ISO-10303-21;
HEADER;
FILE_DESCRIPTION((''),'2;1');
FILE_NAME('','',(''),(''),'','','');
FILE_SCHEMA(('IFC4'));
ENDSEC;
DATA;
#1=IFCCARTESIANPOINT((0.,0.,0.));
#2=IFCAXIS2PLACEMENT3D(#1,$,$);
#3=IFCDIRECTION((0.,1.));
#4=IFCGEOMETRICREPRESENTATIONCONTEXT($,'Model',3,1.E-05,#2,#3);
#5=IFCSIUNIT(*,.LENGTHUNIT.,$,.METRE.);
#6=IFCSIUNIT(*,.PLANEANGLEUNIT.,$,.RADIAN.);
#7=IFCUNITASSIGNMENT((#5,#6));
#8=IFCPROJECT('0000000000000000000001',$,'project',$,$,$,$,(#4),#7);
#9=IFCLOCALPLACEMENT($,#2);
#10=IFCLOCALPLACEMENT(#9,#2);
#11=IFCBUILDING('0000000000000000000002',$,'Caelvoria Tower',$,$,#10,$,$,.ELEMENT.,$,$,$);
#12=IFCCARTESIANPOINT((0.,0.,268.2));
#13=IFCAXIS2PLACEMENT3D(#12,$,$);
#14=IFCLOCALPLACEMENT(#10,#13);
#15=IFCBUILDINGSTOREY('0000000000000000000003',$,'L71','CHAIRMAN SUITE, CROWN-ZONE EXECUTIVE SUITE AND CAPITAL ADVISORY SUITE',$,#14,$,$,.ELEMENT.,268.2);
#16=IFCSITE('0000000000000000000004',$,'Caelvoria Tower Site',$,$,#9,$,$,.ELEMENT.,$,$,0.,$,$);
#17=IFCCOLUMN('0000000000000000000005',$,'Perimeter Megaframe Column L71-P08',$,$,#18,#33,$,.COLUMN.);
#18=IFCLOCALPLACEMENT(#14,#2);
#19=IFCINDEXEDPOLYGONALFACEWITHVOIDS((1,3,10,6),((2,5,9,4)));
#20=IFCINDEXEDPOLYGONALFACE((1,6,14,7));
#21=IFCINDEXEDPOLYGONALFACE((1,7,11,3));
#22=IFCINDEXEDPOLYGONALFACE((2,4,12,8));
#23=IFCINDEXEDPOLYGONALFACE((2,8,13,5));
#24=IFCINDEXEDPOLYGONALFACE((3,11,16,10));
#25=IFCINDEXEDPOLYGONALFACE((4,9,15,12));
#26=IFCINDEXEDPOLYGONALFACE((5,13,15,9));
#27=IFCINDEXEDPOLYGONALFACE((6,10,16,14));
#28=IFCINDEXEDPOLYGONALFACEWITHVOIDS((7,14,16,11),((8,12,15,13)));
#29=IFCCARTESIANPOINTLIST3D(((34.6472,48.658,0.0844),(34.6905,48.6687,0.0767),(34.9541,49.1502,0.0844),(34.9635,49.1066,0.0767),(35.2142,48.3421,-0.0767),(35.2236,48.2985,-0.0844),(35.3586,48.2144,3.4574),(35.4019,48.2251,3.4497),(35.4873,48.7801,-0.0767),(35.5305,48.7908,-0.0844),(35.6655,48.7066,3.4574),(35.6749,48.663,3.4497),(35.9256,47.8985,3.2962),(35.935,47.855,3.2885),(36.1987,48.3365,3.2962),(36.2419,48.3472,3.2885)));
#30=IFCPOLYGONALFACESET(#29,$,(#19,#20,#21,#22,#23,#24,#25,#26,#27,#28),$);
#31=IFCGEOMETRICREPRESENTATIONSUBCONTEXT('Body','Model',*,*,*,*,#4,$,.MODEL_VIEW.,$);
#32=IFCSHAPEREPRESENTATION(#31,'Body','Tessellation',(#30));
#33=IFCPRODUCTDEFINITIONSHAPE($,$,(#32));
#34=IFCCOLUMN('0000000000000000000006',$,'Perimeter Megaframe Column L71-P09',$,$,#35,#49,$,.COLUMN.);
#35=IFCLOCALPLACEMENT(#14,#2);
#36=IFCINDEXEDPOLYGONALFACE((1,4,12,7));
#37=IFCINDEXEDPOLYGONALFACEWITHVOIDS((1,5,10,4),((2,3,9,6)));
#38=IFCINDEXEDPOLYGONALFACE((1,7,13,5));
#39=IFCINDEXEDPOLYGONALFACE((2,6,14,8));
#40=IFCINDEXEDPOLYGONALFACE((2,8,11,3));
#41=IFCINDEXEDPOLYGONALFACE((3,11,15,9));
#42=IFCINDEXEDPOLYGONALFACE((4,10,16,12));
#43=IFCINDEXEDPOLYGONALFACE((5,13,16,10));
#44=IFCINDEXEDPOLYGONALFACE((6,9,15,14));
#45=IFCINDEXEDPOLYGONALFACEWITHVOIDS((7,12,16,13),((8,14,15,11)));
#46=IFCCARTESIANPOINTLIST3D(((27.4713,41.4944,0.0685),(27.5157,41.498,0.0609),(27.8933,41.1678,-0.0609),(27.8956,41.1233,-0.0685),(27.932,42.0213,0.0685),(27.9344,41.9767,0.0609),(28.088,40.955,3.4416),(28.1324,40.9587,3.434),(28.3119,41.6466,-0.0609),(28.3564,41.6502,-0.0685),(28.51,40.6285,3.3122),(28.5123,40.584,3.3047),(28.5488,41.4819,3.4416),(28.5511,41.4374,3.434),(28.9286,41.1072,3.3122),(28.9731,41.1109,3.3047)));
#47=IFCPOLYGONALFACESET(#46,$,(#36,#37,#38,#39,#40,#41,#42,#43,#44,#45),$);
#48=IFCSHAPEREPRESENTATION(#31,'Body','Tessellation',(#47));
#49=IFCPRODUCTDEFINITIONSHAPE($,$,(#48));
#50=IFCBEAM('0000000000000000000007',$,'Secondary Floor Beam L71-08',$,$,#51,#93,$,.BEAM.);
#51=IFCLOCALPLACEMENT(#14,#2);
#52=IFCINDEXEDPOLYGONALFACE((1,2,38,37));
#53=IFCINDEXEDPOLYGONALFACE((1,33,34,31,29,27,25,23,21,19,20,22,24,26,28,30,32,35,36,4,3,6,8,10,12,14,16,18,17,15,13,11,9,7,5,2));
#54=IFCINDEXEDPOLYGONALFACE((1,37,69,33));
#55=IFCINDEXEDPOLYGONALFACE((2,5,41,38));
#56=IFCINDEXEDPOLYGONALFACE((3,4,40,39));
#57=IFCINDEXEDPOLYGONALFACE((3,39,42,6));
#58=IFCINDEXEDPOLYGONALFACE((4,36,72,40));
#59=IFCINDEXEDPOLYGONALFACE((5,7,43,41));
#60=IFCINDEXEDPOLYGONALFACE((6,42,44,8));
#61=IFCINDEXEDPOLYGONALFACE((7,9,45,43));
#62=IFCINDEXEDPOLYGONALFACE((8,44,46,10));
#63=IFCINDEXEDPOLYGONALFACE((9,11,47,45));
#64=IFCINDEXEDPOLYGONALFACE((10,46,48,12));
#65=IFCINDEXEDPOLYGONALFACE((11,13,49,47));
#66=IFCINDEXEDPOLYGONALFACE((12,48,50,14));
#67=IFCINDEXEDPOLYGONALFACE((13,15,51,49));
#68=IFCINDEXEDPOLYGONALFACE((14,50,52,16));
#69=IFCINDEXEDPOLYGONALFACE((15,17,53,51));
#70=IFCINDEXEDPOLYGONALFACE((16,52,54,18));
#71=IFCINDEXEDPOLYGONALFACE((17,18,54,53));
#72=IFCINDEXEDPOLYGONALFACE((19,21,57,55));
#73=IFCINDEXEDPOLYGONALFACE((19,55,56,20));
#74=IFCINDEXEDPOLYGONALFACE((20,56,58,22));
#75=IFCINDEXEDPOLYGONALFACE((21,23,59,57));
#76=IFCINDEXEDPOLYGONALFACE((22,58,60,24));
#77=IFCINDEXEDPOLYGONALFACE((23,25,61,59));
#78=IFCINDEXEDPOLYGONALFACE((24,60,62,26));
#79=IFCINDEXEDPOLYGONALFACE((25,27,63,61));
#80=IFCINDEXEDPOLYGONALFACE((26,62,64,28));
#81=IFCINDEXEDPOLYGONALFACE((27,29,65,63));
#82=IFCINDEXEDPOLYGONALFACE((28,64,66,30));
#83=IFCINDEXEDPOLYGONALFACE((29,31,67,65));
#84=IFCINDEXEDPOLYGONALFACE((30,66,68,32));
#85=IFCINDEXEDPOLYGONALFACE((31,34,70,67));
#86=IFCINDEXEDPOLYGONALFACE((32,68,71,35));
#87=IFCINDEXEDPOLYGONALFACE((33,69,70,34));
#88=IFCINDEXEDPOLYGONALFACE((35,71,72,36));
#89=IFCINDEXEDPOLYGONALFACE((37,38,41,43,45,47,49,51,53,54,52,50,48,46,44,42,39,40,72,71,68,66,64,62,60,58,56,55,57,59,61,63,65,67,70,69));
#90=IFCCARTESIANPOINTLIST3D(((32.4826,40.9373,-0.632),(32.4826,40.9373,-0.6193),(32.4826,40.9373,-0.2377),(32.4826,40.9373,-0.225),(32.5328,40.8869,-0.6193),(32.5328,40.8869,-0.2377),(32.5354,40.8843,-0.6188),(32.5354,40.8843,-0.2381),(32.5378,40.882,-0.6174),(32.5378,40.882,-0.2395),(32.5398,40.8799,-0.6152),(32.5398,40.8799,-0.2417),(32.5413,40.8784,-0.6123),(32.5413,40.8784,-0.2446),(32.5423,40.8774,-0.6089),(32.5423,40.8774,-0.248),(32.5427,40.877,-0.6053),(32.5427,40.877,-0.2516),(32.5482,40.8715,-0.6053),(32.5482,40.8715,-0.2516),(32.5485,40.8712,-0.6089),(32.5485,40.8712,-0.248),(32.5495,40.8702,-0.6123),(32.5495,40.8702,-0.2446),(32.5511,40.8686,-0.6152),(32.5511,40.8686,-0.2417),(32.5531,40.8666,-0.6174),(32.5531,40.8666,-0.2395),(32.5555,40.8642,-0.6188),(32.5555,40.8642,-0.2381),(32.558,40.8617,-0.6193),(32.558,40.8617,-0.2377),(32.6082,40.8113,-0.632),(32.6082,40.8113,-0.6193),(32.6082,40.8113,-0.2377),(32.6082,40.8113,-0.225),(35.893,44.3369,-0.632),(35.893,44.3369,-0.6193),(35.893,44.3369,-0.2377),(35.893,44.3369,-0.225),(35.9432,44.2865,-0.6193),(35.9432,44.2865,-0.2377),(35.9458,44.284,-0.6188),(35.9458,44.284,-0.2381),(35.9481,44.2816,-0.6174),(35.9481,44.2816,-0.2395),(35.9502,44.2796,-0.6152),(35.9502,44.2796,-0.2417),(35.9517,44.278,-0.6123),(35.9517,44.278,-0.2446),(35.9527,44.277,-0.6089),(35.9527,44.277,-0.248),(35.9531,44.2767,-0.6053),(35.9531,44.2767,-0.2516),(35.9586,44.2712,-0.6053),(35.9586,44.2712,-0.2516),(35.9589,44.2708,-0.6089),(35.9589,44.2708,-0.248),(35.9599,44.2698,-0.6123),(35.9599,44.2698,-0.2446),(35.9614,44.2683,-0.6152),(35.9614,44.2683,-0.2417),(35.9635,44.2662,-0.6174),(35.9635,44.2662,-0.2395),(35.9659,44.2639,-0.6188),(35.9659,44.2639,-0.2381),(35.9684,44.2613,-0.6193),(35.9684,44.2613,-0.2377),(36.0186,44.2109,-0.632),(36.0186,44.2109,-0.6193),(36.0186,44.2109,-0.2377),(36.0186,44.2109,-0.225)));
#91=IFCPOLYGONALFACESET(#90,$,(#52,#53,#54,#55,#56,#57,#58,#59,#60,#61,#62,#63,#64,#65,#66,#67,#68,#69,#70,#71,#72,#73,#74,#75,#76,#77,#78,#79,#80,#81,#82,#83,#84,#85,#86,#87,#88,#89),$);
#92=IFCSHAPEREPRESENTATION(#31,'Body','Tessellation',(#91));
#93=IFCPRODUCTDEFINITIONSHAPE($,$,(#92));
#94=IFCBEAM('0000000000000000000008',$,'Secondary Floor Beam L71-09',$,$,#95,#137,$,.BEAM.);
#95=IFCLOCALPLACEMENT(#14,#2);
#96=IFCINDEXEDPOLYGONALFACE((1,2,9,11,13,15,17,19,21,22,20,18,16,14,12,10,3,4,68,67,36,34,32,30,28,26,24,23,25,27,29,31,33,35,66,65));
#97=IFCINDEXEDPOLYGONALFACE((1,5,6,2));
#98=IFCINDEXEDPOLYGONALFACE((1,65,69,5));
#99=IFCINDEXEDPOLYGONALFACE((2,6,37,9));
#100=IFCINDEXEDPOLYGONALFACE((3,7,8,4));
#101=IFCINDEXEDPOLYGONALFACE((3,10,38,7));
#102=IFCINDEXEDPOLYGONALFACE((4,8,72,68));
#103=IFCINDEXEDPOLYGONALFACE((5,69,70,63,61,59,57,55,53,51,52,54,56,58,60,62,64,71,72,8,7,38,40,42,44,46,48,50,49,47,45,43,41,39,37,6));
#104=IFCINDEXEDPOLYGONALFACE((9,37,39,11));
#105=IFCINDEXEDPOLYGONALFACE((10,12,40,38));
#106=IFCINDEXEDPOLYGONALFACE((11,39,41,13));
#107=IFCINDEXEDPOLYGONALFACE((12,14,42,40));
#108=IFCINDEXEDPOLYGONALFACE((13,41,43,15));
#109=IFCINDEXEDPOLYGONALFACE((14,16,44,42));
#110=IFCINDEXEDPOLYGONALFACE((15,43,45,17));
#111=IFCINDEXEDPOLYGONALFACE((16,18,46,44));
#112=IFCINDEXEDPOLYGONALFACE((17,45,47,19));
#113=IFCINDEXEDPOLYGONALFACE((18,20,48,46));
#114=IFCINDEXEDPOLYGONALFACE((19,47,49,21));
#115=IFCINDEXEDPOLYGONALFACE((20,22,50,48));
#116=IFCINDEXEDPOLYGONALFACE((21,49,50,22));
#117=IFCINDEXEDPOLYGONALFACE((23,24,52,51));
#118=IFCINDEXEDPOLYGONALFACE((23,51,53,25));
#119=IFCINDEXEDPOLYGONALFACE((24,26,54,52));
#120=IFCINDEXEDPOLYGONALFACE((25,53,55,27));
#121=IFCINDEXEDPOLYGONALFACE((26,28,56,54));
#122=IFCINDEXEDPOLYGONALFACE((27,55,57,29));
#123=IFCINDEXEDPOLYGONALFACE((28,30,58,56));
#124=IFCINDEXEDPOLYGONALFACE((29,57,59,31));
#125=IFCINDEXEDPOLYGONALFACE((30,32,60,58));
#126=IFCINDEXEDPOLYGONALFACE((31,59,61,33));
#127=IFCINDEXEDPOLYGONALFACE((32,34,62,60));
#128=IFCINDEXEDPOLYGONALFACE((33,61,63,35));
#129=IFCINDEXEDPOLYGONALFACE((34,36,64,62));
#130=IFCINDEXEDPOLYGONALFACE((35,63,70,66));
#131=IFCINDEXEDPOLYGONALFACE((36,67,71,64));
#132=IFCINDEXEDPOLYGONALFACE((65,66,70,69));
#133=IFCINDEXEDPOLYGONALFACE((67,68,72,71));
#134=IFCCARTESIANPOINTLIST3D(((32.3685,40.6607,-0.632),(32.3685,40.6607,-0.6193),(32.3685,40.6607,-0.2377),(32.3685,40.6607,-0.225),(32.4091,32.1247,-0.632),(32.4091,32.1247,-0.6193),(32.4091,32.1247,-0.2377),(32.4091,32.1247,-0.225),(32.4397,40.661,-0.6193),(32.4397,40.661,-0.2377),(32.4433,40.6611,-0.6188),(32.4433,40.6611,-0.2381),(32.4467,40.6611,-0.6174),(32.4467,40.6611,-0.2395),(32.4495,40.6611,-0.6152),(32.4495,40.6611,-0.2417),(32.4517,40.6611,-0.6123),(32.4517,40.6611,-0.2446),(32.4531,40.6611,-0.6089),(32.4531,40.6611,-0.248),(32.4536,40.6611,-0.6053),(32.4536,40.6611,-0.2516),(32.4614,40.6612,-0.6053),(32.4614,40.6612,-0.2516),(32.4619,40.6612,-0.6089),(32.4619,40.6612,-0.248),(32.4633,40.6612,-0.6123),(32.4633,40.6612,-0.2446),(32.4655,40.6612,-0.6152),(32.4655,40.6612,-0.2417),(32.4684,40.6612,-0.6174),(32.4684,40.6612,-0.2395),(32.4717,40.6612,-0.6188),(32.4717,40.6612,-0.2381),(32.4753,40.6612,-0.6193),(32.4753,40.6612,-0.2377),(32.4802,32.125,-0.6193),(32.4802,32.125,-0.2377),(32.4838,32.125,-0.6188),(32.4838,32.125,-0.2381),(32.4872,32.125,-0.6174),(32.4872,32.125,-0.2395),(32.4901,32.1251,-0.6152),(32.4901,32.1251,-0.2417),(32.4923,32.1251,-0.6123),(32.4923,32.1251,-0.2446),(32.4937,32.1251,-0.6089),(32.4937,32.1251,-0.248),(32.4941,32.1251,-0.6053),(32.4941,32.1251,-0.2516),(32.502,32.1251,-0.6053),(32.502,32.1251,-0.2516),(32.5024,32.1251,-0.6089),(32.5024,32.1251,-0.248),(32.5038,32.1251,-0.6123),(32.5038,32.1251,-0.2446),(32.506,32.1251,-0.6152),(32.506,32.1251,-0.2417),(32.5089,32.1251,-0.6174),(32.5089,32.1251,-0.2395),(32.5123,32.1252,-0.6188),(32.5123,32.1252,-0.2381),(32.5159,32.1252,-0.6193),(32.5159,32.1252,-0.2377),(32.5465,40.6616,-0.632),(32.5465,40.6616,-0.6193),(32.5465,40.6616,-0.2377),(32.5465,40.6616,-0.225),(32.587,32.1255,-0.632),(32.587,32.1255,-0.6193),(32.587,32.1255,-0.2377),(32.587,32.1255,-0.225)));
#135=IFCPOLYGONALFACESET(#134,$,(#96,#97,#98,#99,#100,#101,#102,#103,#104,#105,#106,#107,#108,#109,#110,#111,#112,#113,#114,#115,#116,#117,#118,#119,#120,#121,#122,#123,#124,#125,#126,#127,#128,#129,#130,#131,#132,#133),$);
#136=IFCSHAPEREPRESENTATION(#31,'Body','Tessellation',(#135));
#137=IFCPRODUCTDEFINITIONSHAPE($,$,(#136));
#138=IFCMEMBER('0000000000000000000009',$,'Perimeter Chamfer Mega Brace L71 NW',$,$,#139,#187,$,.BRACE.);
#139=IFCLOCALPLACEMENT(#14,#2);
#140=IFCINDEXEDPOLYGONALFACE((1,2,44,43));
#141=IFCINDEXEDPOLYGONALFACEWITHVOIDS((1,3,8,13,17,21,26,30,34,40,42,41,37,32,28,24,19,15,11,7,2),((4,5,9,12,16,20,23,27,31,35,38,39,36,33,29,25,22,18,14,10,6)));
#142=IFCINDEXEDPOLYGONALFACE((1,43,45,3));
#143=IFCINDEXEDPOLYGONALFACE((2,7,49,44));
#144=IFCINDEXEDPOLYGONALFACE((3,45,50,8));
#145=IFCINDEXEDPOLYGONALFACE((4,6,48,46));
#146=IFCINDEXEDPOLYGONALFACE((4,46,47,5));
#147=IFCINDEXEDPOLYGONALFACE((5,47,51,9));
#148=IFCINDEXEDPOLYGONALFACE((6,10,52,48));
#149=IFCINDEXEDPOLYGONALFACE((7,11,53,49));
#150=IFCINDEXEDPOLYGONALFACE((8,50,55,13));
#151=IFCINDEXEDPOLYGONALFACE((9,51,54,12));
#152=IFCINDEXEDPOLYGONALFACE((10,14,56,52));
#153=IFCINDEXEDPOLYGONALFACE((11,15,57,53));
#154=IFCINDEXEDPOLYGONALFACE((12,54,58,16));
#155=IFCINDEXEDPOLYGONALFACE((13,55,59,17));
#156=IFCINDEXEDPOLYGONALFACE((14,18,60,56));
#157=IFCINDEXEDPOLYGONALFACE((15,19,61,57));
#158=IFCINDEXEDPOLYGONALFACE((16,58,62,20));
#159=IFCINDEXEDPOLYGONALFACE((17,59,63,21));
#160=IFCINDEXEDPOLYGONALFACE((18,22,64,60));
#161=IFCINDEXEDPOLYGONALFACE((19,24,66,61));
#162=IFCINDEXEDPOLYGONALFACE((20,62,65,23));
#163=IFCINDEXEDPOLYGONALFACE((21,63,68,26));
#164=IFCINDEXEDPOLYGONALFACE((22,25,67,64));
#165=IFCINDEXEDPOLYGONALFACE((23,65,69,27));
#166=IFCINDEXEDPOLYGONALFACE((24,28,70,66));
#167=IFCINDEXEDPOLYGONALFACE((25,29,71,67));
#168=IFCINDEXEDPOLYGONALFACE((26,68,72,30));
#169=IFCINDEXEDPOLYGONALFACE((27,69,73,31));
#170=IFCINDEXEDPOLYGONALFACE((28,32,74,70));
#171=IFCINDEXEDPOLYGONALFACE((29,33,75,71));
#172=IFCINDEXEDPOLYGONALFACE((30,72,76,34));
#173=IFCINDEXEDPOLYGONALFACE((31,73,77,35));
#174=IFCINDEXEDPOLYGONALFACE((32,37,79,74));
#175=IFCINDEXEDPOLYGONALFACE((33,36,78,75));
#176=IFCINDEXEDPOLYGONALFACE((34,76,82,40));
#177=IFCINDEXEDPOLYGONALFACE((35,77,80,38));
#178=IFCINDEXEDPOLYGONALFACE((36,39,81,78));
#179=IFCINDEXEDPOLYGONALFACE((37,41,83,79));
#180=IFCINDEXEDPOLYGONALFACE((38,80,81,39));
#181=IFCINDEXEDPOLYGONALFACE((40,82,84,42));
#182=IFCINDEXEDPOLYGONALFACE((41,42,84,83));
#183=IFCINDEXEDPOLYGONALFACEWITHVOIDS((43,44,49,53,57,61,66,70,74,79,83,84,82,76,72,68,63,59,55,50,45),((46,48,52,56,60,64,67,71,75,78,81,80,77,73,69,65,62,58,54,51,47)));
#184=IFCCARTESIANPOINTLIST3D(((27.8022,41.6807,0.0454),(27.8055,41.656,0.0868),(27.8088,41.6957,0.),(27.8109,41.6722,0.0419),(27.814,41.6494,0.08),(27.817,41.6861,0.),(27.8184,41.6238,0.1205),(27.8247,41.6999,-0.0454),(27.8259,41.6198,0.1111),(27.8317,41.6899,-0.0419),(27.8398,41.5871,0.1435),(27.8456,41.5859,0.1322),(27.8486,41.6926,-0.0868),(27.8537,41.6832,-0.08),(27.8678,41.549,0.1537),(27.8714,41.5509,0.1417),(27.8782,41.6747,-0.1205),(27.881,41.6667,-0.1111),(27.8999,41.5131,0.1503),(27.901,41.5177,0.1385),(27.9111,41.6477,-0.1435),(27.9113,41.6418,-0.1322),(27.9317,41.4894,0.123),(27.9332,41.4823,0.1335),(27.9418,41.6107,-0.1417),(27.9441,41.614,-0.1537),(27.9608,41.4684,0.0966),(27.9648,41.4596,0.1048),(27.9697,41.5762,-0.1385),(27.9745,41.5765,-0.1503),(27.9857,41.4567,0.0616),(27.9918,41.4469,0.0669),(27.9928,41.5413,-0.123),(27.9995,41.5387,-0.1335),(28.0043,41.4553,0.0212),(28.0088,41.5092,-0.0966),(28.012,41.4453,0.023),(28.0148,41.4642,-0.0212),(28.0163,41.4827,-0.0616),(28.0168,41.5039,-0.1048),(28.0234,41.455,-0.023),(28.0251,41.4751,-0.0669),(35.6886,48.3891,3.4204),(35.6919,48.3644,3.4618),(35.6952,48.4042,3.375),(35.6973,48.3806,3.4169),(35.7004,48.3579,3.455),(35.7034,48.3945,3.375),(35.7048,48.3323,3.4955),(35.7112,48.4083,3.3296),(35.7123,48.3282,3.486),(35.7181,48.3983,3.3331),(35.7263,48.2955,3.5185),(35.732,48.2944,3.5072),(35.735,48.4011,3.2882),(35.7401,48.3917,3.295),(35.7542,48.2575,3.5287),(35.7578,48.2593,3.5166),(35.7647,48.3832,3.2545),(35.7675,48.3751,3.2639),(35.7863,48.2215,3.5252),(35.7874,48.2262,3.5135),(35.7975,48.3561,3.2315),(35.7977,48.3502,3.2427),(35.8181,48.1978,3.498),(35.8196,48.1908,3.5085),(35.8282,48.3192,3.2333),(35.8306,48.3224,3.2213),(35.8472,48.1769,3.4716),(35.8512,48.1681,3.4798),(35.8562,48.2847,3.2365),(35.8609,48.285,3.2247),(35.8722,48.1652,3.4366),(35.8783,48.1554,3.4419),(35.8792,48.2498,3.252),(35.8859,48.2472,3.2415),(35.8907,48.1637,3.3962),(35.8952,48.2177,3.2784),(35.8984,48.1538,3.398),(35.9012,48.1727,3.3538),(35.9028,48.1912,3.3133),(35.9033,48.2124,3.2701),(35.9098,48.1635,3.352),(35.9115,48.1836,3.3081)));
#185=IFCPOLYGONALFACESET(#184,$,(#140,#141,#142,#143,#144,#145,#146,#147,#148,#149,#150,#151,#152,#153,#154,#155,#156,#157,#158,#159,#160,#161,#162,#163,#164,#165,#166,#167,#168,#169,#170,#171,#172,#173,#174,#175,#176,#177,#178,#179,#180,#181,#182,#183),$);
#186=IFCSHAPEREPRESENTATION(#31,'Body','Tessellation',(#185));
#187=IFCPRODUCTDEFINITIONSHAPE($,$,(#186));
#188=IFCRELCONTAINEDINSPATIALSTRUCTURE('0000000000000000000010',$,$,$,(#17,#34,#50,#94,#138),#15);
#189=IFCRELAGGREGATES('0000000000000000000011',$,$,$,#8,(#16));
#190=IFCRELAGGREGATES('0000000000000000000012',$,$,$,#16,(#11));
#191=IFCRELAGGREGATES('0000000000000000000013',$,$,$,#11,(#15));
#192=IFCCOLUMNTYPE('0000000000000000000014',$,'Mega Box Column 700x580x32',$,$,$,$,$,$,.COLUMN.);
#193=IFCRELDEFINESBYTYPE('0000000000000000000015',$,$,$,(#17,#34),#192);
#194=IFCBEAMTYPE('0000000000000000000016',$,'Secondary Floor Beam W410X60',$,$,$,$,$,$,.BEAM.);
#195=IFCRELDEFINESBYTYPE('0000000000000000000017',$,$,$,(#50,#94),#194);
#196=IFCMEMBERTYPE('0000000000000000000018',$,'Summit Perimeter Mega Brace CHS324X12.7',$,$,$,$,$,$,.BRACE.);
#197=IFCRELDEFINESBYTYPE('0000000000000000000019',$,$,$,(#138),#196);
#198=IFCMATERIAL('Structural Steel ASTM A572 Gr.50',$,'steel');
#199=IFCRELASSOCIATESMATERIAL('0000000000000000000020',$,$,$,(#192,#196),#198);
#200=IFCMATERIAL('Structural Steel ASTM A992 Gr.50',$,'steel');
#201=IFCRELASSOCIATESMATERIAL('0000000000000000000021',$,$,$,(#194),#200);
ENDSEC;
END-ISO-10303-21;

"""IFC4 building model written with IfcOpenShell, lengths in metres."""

from ifc_helpers import new_model, si_unit, direction, frame, origin, origin_2d, place, context, subcontext, project, spatial, hollow_rectangle, hollow_circle, i_section, extrude, material, material_profile, profile_set, type_object, element, save


model = new_model("IFC4")

# Units and contexts
model_context = context("Model", 3, precision=1e-05, world=origin(), true_north=direction((0.0, 1.0)))
body_context = subcontext(model_context, "Body", "Model", "MODEL_VIEW")
ifc_project = project(units=[si_unit("LENGTHUNIT", "METRE"), si_unit("PLANEANGLEUNIT", "RADIAN")], contexts=[model_context])

# Site, building, storey
site_placement = place(None, origin())
site = spatial("IfcSite", under=ifc_project, at=site_placement, Name="Caelvoria Tower Site", CompositionType="ELEMENT", RefElevation=0.0)
building_placement = place(site_placement, origin())
building = spatial("IfcBuilding", under=site, at=building_placement, Name="Caelvoria Tower", CompositionType="ELEMENT")
storey_placement = place(building_placement, frame((0.0, 0.0, 268.2)))
storey = spatial("IfcBuildingStorey", under=building, at=storey_placement, Name="L71", Description="CHAIRMAN SUITE, CROWN-ZONE EXECUTIVE SUITE AND CAPITAL ADVISORY SUITE", CompositionType="ELEMENT", Elevation=268.2)

# Columns
ifc_material_1 = material(Name="Structural Steel ASTM A572 Gr.50", Category="steel")
ifc_material_profile_1 = material_profile(ifc_material_1, hollow_rectangle(XDim=0.5801, YDim=0.7, WallThickness=0.032, at=origin_2d()), Name="Structural Steel ASTM A572 Gr.50")
ifc_profile_set_1 = profile_set([ifc_material_profile_1], Name="BOX700X580X32 - Structural Steel ASTM A572 Gr.50")
column_type = type_object("IfcColumnType", Name="Mega Box Column 700x580x32", PredefinedType="COLUMN", material=ifc_profile_set_1)
column_1_placement = place(storey_placement, frame((35.0889, 48.7244, 0.0), z_axis=(0.204687, -0.127631, 0.970471), x_axis=(0.529109, 0.848554, 0.0)))
element("IfcColumn", 1, at=column_1_placement, inside=storey, type_object=column_type, Name="Perimeter Megaframe Column L71-P08", PredefinedType="COLUMN", context=body_context, shape_type="SweptSolid", body=[
    extrude(hollow_rectangle(XDim=0.5801, YDim=0.7, WallThickness=0.032, at=origin_2d()), origin(), (0.0, 0.0, 1.0), 3.4756),
])
column_2_placement = place(storey_placement, frame((27.9138, 41.5723, 0.0), z_axis=(0.177666, -0.15537, 0.971748), x_axis=(-0.731495, 0.639696, 0.236019)))
element("IfcColumn", 2, at=column_2_placement, inside=storey, type_object=column_type, Name="Perimeter Megaframe Column L71-P09", PredefinedType="COLUMN", context=body_context, shape_type="SweptSolid", body=[
    extrude(hollow_rectangle(XDim=0.5801, YDim=0.7, WallThickness=0.032, at=origin_2d()), origin(), (0.0, 0.0, 1.0), 3.4712),
])

# Beams
ifc_material_2 = material(Name="Structural Steel ASTM A992 Gr.50", Category="steel")
ifc_material_profile_2 = material_profile(ifc_material_2, i_section(OverallWidth=0.178, OverallDepth=0.407, WebThickness=0.0078, FlangeThickness=0.0127, FilletRadius=0.0139, at=origin_2d()), Name="Structural Steel ASTM A992 Gr.50")
ifc_profile_set_2 = profile_set([ifc_material_profile_2], Name="W410X60 - Structural Steel ASTM A992 Gr.50")
beam_type_1 = type_object("IfcBeamType", Name="Secondary Floor Beam W410X60", PredefinedType="BEAM", material=ifc_profile_set_2)
beam_1_placement = place(storey_placement, frame((35.9558, 44.2739, -0.4285), z_axis=(-0.708221, -0.705991, 0.0), x_axis=(0.705991, -0.708221, 0.0)))
element("IfcBeam", 3, at=beam_1_placement, inside=storey, type_object=beam_type_1, Name="Secondary Floor Beam L71-08", PredefinedType="BEAM", context=body_context, shape_type="SweptSolid", body=[
    extrude(i_section(OverallWidth=0.178, OverallDepth=0.407, WebThickness=0.0078, FlangeThickness=0.0127, FilletRadius=0.0139, at=origin_2d()), origin(), (0.0, 0.0, 1.0), 4.8154),
])
beam_2_placement = place(storey_placement, frame((32.4575, 40.6611, -0.4285), z_axis=(0.004748, -0.999989, 0.0), x_axis=(0.999989, 0.004748, 0.0)))
element("IfcBeam", 4, at=beam_2_placement, inside=storey, type_object=beam_type_1, Name="Secondary Floor Beam L71-09", PredefinedType="BEAM", context=body_context, shape_type="SweptSolid", body=[
    extrude(i_section(OverallWidth=0.178, OverallDepth=0.407, WebThickness=0.0078, FlangeThickness=0.0127, FilletRadius=0.0139, at=origin_2d()), origin(), (0.0, 0.0, 1.0), 8.5361),
])

# Member
ifc_material_profile_3 = material_profile(ifc_material_1, hollow_circle(Radius=0.1621, WallThickness=0.0127, at=origin_2d()), Name="Structural Steel ASTM A572 Gr.50")
ifc_profile_set_3 = profile_set([ifc_material_profile_3], Name="CHS324X12.7 - Structural Steel ASTM A572 Gr.50")
member_type = type_object("IfcMemberType", Name="Summit Perimeter Mega Brace CHS324X12.7", PredefinedType="BRACE", material=ifc_profile_set_3)
member_placement = place(storey_placement, frame((27.9138, 41.5723, 0.0), z_axis=(0.724197, 0.616026, 0.309919), x_axis=(-0.647928, 0.761701, 0.0)))
element("IfcMember", 5, at=member_placement, inside=storey, type_object=member_type, Name="Perimeter Chamfer Mega Brace L71 NW", PredefinedType="BRACE", context=body_context, shape_type="SweptSolid", body=[
    extrude(hollow_circle(Radius=0.1621, WallThickness=0.0127, at=origin_2d()), origin(), (0.0, 0.0, 1.0), 10.8899),
])

save(model, "model.ifc")
